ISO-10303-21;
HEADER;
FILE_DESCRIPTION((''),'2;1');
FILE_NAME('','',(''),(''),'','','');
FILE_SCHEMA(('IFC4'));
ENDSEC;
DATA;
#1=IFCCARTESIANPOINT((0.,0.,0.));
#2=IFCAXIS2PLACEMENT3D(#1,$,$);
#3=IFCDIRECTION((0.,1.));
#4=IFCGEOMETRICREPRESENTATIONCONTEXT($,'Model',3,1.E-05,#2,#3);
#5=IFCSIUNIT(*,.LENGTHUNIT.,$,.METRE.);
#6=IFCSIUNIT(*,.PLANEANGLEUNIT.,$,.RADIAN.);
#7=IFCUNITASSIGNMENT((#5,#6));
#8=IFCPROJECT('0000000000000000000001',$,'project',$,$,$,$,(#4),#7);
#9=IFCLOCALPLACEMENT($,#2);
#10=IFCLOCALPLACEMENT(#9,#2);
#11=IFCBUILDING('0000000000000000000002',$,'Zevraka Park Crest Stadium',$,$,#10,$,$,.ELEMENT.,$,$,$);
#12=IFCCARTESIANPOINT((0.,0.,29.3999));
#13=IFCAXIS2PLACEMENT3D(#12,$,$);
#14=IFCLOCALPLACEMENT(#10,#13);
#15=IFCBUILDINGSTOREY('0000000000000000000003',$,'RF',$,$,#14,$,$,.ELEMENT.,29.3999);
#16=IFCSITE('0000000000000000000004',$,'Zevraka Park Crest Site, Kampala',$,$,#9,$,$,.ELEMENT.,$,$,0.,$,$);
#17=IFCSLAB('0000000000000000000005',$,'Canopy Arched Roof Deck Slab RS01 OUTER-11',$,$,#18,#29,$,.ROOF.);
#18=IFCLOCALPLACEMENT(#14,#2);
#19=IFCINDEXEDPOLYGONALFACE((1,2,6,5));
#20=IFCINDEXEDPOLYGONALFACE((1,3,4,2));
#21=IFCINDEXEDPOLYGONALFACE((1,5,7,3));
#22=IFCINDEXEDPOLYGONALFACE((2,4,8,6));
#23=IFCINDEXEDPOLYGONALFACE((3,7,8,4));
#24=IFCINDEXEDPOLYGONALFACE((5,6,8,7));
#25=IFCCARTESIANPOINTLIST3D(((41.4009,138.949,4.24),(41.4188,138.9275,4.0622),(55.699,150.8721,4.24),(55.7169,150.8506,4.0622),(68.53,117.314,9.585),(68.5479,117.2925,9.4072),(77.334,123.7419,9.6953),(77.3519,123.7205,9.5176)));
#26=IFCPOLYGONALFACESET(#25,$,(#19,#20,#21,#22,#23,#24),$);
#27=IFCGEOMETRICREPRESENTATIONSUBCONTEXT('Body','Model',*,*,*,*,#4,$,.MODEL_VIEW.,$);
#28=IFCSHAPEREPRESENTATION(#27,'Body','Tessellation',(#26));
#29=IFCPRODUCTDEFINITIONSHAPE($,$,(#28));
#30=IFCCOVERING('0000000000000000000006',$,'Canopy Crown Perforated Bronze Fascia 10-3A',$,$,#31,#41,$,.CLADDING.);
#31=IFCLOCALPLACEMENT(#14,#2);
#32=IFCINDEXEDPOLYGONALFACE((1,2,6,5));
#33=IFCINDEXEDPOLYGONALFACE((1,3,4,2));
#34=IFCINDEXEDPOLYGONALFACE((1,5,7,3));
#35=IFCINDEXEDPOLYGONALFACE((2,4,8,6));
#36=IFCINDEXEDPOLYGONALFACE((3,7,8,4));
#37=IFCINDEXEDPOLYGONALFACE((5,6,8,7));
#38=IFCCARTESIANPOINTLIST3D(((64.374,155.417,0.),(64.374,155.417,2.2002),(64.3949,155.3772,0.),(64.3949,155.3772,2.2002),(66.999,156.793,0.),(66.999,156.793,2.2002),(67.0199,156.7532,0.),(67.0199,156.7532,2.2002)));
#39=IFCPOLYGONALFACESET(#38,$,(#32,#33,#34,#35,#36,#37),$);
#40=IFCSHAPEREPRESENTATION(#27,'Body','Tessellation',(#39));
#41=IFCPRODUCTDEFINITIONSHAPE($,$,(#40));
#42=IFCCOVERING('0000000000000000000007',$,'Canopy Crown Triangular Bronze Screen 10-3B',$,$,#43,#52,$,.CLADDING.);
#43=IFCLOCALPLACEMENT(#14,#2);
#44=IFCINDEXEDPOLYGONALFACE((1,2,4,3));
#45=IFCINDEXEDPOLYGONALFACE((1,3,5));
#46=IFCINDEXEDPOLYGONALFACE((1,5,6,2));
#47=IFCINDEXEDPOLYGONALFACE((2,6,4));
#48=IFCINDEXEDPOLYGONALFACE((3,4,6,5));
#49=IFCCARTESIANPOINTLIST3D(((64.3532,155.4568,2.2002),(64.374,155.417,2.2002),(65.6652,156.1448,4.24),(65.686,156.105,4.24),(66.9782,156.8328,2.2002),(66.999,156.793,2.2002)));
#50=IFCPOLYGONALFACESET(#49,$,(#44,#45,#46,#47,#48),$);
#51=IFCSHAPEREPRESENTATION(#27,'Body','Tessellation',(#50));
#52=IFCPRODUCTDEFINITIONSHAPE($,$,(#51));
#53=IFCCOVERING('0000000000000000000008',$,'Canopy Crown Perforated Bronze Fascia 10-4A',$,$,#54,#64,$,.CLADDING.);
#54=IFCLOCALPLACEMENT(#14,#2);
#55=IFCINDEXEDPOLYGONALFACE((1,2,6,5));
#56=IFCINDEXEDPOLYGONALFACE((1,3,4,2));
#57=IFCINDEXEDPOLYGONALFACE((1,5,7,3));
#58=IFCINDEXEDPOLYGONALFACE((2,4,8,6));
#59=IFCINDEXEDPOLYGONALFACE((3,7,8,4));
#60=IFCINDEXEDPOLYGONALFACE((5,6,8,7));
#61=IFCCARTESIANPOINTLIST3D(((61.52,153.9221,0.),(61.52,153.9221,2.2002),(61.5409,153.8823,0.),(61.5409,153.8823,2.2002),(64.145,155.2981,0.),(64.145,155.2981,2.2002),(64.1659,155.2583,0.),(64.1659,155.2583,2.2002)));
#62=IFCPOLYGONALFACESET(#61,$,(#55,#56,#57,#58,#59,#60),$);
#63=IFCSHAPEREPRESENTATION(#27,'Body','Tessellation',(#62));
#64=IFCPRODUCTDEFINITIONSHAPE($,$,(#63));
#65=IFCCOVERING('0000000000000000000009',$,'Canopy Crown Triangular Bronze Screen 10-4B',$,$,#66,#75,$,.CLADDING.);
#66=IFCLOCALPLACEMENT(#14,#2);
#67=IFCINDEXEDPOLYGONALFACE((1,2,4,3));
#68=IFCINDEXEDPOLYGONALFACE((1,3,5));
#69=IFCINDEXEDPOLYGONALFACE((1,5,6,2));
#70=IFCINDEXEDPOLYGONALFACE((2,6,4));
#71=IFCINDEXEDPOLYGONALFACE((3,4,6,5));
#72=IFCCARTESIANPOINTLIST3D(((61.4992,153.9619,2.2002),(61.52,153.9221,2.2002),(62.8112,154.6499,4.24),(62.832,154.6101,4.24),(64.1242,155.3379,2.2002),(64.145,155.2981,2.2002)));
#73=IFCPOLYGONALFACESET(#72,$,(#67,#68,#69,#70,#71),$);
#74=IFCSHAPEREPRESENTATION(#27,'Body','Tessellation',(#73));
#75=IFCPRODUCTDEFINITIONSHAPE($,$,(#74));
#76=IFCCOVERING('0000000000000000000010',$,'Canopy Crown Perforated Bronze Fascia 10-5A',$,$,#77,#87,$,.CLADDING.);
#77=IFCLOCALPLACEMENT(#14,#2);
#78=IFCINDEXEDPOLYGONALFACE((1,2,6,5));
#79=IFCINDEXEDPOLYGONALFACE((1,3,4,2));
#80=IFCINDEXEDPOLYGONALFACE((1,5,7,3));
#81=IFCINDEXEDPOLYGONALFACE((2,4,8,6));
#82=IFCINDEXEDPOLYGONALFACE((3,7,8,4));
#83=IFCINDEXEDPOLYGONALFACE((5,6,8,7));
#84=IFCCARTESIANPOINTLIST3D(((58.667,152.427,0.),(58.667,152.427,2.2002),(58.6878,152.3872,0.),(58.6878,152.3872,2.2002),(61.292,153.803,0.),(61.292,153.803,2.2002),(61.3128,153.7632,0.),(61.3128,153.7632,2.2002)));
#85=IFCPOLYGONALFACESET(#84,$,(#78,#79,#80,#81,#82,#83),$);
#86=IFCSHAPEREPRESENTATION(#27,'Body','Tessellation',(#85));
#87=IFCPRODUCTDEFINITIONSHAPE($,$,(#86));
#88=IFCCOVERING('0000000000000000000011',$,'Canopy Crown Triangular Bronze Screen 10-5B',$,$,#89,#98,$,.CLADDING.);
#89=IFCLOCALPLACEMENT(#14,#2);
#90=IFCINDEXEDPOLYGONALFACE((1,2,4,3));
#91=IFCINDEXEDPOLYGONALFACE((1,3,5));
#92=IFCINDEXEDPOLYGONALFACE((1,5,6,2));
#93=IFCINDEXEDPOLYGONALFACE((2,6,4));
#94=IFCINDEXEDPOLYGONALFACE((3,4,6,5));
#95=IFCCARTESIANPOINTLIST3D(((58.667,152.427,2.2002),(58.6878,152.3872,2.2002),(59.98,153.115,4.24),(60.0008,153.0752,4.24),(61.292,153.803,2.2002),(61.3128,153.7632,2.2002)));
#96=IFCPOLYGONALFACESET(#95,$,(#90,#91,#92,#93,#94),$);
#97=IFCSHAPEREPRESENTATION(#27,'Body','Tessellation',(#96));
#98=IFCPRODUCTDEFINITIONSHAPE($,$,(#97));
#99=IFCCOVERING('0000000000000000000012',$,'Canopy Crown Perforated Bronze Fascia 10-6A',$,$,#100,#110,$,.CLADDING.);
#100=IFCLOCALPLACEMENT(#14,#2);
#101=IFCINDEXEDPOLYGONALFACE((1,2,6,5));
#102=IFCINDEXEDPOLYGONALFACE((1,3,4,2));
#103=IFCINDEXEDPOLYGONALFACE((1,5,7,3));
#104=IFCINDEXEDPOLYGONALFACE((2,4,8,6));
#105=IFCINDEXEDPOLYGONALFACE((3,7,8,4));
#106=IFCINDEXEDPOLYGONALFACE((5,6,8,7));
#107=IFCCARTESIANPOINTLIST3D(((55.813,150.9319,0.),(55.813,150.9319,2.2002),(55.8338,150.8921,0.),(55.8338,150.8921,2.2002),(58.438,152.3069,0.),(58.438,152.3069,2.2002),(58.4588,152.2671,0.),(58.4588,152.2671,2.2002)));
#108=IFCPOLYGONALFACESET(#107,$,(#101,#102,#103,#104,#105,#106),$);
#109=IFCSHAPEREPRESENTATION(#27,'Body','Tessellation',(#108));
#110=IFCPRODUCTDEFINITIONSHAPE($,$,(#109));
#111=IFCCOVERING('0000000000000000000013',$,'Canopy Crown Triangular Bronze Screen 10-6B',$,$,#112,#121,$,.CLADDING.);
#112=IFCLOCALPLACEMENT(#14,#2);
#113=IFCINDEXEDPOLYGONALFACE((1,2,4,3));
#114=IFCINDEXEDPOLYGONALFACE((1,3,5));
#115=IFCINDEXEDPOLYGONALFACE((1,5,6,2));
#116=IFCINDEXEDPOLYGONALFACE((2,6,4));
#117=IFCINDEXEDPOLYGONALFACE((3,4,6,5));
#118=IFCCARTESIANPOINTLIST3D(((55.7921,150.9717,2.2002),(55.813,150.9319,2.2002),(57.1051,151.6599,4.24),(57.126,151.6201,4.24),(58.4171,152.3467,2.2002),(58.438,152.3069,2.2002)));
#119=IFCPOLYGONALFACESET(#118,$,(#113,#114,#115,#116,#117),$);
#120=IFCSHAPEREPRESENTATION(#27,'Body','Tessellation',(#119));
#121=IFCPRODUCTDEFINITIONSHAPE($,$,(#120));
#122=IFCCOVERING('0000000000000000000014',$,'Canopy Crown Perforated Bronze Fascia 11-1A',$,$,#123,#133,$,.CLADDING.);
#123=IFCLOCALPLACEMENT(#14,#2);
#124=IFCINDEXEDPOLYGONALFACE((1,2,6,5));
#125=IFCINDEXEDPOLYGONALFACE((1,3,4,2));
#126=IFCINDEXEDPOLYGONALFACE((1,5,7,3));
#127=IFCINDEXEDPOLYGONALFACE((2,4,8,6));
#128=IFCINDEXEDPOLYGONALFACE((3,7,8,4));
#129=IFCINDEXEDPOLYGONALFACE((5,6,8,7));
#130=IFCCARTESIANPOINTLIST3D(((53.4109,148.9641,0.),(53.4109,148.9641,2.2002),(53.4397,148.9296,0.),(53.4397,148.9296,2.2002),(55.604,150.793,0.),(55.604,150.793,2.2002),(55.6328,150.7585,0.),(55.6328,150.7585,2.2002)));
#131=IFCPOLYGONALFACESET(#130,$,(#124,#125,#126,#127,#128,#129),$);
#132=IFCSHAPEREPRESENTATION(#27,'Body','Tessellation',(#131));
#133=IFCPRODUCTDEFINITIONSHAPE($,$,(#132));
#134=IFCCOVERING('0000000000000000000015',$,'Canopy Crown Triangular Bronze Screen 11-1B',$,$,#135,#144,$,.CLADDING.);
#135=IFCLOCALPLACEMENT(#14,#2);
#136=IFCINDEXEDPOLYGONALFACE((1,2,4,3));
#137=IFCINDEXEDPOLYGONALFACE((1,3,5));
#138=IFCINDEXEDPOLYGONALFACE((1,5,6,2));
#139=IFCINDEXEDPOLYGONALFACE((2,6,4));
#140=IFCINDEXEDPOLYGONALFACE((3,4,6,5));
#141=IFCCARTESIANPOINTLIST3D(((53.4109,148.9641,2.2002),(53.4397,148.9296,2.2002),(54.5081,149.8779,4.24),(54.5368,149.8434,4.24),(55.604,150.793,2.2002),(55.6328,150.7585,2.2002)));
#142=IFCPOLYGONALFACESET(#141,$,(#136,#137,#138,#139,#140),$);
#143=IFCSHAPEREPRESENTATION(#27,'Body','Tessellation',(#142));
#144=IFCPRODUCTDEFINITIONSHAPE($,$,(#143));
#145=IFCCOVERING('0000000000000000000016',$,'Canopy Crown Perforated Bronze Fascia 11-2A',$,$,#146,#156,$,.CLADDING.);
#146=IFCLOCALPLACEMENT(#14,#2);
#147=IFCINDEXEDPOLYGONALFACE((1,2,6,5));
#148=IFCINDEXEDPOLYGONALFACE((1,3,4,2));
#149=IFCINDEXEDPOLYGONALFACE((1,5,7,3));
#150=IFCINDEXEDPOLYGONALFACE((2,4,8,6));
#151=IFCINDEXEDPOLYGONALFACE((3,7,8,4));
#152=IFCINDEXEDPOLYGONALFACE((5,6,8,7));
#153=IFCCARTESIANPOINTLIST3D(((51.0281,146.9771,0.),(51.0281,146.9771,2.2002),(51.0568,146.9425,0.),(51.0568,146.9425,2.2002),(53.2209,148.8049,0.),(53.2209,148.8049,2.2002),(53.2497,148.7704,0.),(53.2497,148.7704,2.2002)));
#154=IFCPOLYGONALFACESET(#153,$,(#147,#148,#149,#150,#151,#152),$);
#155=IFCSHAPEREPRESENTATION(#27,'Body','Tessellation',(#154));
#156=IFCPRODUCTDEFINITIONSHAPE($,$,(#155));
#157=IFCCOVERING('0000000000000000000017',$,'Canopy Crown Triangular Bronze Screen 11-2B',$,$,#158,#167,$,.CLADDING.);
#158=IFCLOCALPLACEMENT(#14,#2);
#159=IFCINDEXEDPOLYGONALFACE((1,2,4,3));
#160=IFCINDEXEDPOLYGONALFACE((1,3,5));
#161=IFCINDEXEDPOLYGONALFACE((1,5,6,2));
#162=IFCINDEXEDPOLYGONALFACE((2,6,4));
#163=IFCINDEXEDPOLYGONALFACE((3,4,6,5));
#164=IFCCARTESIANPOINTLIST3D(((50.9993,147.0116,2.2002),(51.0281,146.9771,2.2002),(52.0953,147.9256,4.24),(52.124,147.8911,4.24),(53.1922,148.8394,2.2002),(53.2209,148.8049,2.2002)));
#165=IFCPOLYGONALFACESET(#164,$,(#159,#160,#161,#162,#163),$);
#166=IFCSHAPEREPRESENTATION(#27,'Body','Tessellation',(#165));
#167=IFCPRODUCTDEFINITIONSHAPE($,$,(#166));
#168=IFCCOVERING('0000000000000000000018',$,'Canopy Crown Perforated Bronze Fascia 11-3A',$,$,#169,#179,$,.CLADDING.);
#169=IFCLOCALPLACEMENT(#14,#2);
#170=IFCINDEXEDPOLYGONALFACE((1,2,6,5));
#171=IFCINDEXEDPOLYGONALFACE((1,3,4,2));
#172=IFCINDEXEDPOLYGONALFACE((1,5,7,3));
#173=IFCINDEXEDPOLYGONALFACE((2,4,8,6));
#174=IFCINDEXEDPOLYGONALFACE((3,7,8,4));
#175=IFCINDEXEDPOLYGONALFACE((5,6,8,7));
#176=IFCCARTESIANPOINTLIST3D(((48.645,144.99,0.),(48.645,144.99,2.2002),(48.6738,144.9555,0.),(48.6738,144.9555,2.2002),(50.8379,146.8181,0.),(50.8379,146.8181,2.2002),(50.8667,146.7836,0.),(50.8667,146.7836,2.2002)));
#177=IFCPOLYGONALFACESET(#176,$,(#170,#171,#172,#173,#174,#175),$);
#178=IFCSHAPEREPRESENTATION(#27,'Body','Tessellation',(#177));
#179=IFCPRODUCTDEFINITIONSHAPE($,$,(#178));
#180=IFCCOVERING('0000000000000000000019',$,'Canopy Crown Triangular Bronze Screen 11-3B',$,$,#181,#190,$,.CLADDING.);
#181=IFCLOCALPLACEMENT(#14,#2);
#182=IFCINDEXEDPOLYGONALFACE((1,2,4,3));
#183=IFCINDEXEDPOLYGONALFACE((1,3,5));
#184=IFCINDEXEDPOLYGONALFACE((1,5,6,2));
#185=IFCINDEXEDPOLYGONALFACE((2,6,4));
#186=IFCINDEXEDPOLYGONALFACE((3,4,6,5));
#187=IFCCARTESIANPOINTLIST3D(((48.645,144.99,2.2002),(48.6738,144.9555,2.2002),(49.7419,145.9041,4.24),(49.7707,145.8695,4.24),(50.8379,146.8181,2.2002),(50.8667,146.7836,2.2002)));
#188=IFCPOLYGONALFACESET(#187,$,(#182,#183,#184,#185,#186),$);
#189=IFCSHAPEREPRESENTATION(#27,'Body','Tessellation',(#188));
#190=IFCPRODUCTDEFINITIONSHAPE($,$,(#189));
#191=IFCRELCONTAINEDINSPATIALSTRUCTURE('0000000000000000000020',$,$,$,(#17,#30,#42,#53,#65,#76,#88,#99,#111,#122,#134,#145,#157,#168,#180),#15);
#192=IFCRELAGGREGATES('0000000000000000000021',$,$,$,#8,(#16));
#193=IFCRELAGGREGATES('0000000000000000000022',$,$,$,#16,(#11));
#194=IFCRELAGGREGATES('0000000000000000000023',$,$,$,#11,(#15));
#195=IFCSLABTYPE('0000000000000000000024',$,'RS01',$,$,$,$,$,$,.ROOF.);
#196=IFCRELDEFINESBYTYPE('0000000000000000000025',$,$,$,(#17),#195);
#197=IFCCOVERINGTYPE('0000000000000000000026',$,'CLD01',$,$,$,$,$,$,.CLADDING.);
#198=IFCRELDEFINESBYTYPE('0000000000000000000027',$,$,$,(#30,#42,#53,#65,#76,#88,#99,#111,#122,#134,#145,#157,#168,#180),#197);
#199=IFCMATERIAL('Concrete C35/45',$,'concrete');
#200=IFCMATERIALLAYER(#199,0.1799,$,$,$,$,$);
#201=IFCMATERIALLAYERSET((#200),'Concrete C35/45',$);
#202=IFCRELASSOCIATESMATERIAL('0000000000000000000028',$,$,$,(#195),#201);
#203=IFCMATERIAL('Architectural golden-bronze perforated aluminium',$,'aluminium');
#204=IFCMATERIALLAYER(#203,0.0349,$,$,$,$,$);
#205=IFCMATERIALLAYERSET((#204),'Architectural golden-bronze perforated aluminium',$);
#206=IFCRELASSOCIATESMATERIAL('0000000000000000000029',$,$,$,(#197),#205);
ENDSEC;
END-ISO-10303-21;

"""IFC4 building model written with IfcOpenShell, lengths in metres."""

from ifc_helpers import new_model, si_unit, direction, frame, origin, place, context, subcontext, project, spatial, polyline, outline, extrude, material, layer, layer_set, type_object, element, save


model = new_model("IFC4")

# Units and contexts
model_context = context("Model", 3, precision=1e-05, world=origin(), true_north=direction((0.0, 1.0)))
body_context = subcontext(model_context, "Body", "Model", "MODEL_VIEW")
ifc_project = project(units=[si_unit("LENGTHUNIT", "METRE"), si_unit("PLANEANGLEUNIT", "RADIAN")], contexts=[model_context])

# Site, building, storey
site_placement = place(None, origin())
site = spatial("IfcSite", under=ifc_project, at=site_placement, Name="Zevraka Park Crest Site, Kampala", CompositionType="ELEMENT", RefElevation=0.0)
building_placement = place(site_placement, origin())
building = spatial("IfcBuilding", under=site, at=building_placement, Name="Zevraka Park Crest Stadium", CompositionType="ELEMENT")
storey_placement = place(building_placement, frame((0.0, 0.0, 29.3999)))
storey = spatial("IfcBuildingStorey", under=building, at=storey_placement, Name="RF", CompositionType="ELEMENT", Elevation=29.3999)

# Slab
ifc_material_1 = material(Name="Concrete C35/45", Category="concrete")
ifc_layer_1 = layer(ifc_material_1, 0.1799)
ifc_layer_set_1 = layer_set([ifc_layer_1], Name="Concrete C35/45")
slab_type = type_object("IfcSlabType", Name="RS01", PredefinedType="ROOF", material=ifc_layer_set_1)
slab_placement = place(storey_placement, frame((55.699, 150.8721, 4.24), z_axis=(-0.099487, 0.119303, 0.987861), x_axis=(-0.768009, -0.640439, -0.000001)))
element("IfcSlab", 1, at=slab_placement, inside=storey, type_object=slab_type, Name="Canopy Arched Roof Deck Slab RS01 OUTER-11", PredefinedType="ROOF", context=body_context, shape_type="SweptSolid", body=[
    extrude(outline(polyline([(0.0, 0.0), (18.6171, 0.0), (11.6375, 34.4081), (0.7593, 35.1184), (0.0, 0.0)])), origin(), (0.0, 0.0, -1.0), 0.1799),
])

# Coverings
ifc_material_2 = material(Name="Architectural golden-bronze perforated aluminium", Category="aluminium")
ifc_layer_2 = layer(ifc_material_2, 0.0349)
ifc_layer_set_2 = layer_set([ifc_layer_2], Name="Architectural golden-bronze perforated aluminium")
covering_type_1 = type_object("IfcCoveringType", Name="CLD01", PredefinedType="CLADDING", material=ifc_layer_set_2)
covering_1_placement = place(storey_placement, frame((66.999, 156.793, 0.0), z_axis=(-0.464266, 0.885696, 0.0), x_axis=(-0.885696, -0.464266, 0.0)))
element("IfcCovering", 2, at=covering_1_placement, inside=storey, type_object=covering_type_1, Name="Canopy Crown Perforated Bronze Fascia 10-3A", PredefinedType="CLADDING", context=body_context, shape_type="SweptSolid", body=[
    extrude(outline(polyline([(0.0, 0.0), (2.9638, 0.0), (2.9638, 2.2002), (0.0, 2.2002), (0.0, 0.0)])), origin(), (0.0, 0.0, -1.0), 0.0449),
])
covering_2_placement = place(storey_placement, frame((66.999, 156.793, 2.2002), z_axis=(0.464266, -0.885696, 0.000111), x_axis=(-0.885696, -0.464266, 0.0)))
element("IfcCovering", 3, at=covering_2_placement, inside=storey, type_object=covering_type_1, Name="Canopy Crown Triangular Bronze Screen 10-3B", PredefinedType="CLADDING", context=body_context, shape_type="SweptSolid", body=[
    extrude(outline(polyline([(0.0, 0.0), (2.9638, 0.0), (1.4823, -2.0398), (0.0, 0.0)])), origin(), (0.0, 0.0, -1.0), 0.0449),
])
covering_3_placement = place(storey_placement, frame((64.145, 155.2981, 0.0), z_axis=(-0.464266, 0.885696, 0.0), x_axis=(-0.885696, -0.464266, 0.0)))
element("IfcCovering", 4, at=covering_3_placement, inside=storey, type_object=covering_type_1, Name="Canopy Crown Perforated Bronze Fascia 10-4A", PredefinedType="CLADDING", context=body_context, shape_type="SweptSolid", body=[
    extrude(outline(polyline([(0.0, 0.0), (2.9638, 0.0), (2.9638, 2.2002), (0.0, 2.2002), (0.0, 0.0)])), origin(), (0.0, 0.0, -1.0), 0.0449),
])
covering_4_placement = place(storey_placement, frame((64.145, 155.2981, 2.2002), z_axis=(0.464266, -0.885696, 0.000111), x_axis=(-0.885696, -0.464266, 0.0)))
element("IfcCovering", 5, at=covering_4_placement, inside=storey, type_object=covering_type_1, Name="Canopy Crown Triangular Bronze Screen 10-4B", PredefinedType="CLADDING", context=body_context, shape_type="SweptSolid", body=[
    extrude(outline(polyline([(0.0, 0.0), (2.9638, 0.0), (1.4823, -2.0398), (0.0, 0.0)])), origin(), (0.0, 0.0, -1.0), 0.0449),
])
covering_5_placement = place(storey_placement, frame((61.292, 153.803, 0.0), z_axis=(-0.464266, 0.885696, 0.0), x_axis=(-0.885696, -0.464266, 0.0)))
element("IfcCovering", 6, at=covering_5_placement, inside=storey, type_object=covering_type_1, Name="Canopy Crown Perforated Bronze Fascia 10-5A", PredefinedType="CLADDING", context=body_context, shape_type="SweptSolid", body=[
    extrude(outline(polyline([(0.0, 0.0), (2.9638, 0.0), (2.9638, 2.2002), (0.0, 2.2002), (0.0, 0.0)])), origin(), (0.0, 0.0, -1.0), 0.0449),
])
covering_6_placement = place(storey_placement, frame((61.292, 153.803, 2.2002), z_axis=(-0.464266, 0.885696, 0.000111), x_axis=(-0.885696, -0.464266, 0.0)))
element("IfcCovering", 7, at=covering_6_placement, inside=storey, type_object=covering_type_1, Name="Canopy Crown Triangular Bronze Screen 10-5B", PredefinedType="CLADDING", context=body_context, shape_type="SweptSolid", body=[
    extrude(outline(polyline([(0.0, 0.0), (2.9638, 0.0), (1.4815, 2.0398), (0.0, 0.0)])), origin(), (0.0, 0.0, -1.0), 0.0449),
])
covering_7_placement = place(storey_placement, frame((58.438, 152.3069, 0.0), z_axis=(-0.464007, 0.885832, 0.0), x_axis=(-0.885832, -0.464007, 0.0)))
element("IfcCovering", 8, at=covering_7_placement, inside=storey, type_object=covering_type_1, Name="Canopy Crown Perforated Bronze Fascia 10-6A", PredefinedType="CLADDING", context=body_context, shape_type="SweptSolid", body=[
    extrude(outline(polyline([(0.0, 0.0), (2.9633, 0.0), (2.9633, 2.2002), (0.0, 2.2002), (0.0, 0.0)])), origin(), (0.0, 0.0, -1.0), 0.0449),
])
covering_8_placement = place(storey_placement, frame((58.438, 152.3069, 2.2002), z_axis=(0.464007, -0.885832, 0.000207), x_axis=(-0.885832, -0.464007, 0.0)))
element("IfcCovering", 9, at=covering_8_placement, inside=storey, type_object=covering_type_1, Name="Canopy Crown Triangular Bronze Screen 10-6B", PredefinedType="CLADDING", context=body_context, shape_type="SweptSolid", body=[
    extrude(outline(polyline([(0.0, 0.0), (2.9633, 0.0), (1.4809, -2.0398), (0.0, 0.0)])), origin(), (0.0, 0.0, -1.0), 0.0449),
])
covering_9_placement = place(storey_placement, frame((55.604, 150.793, 0.0), z_axis=(-0.640445, 0.768004, 0.0), x_axis=(-0.768004, -0.640445, 0.0)))
element("IfcCovering", 10, at=covering_9_placement, inside=storey, type_object=covering_type_1, Name="Canopy Crown Perforated Bronze Fascia 11-1A", PredefinedType="CLADDING", context=body_context, shape_type="SweptSolid", body=[
    extrude(outline(polyline([(0.0, 0.0), (2.8556, 0.0), (2.8556, 2.2002), (0.0, 2.2002), (0.0, 0.0)])), origin(), (0.0, 0.0, -1.0), 0.0449),
])
covering_10_placement = place(storey_placement, frame((55.604, 150.793, 2.2002), z_axis=(-0.640445, 0.768004, 0.000421), x_axis=(-0.768004, -0.640445, 0.0)))
element("IfcCovering", 11, at=covering_10_placement, inside=storey, type_object=covering_type_1, Name="Canopy Crown Triangular Bronze Screen 11-1B", PredefinedType="CLADDING", context=body_context, shape_type="SweptSolid", body=[
    extrude(outline(polyline([(0.0, 0.0), (2.8556, 0.0), (1.4277, 2.0398), (0.0, 0.0)])), origin(), (0.0, 0.0, -1.0), 0.0449),
])
covering_11_placement = place(storey_placement, frame((53.2209, 148.8049, 0.0), z_axis=(-0.640285, 0.768137, 0.0), x_axis=(-0.768137, -0.640285, 0.0)))
element("IfcCovering", 12, at=covering_11_placement, inside=storey, type_object=covering_type_1, Name="Canopy Crown Perforated Bronze Fascia 11-2A", PredefinedType="CLADDING", context=body_context, shape_type="SweptSolid", body=[
    extrude(outline(polyline([(0.0, 0.0), (2.8548, 0.0), (2.8548, 2.2002), (0.0, 2.2002), (0.0, 0.0)])), origin(), (0.0, 0.0, -1.0), 0.0449),
])
covering_12_placement = place(storey_placement, frame((53.2209, 148.8049, 2.2002), z_axis=(0.640285, -0.768137, 0.000199), x_axis=(-0.768137, -0.640285, 0.0)))
element("IfcCovering", 13, at=covering_12_placement, inside=storey, type_object=covering_type_1, Name="Canopy Crown Triangular Bronze Screen 11-2B", PredefinedType="CLADDING", context=body_context, shape_type="SweptSolid", body=[
    extrude(outline(polyline([(0.0, 0.0), (2.8548, 0.0), (1.4277, -2.0398), (0.0, 0.0)])), origin(), (0.0, 0.0, -1.0), 0.0449),
])
covering_13_placement = place(storey_placement, frame((50.8379, 146.8181, 0.0), z_axis=(-0.640336, 0.768095, 0.0), x_axis=(-0.768095, -0.640336, 0.0)))
element("IfcCovering", 14, at=covering_13_placement, inside=storey, type_object=covering_type_1, Name="Canopy Crown Perforated Bronze Fascia 11-3A", PredefinedType="CLADDING", context=body_context, shape_type="SweptSolid", body=[
    extrude(outline(polyline([(0.0, 0.0), (2.8549, 0.0), (2.8549, 2.2002), (0.0, 2.2002), (0.0, 0.0)])), origin(), (0.0, 0.0, -1.0), 0.0449),
])
covering_14_placement = place(storey_placement, frame((50.8379, 146.8181, 2.2002), z_axis=(-0.640336, 0.768095, 0.000153), x_axis=(-0.768095, -0.640336, 0.0)))
element("IfcCovering", 15, at=covering_14_placement, inside=storey, type_object=covering_type_1, Name="Canopy Crown Triangular Bronze Screen 11-3B", PredefinedType="CLADDING", context=body_context, shape_type="SweptSolid", body=[
    extrude(outline(polyline([(0.0, 0.0), (2.8549, 0.0), (1.4271, 2.0398), (0.0, 0.0)])), origin(), (0.0, 0.0, -1.0), 0.0449),
])

save(model, "model.ifc")
